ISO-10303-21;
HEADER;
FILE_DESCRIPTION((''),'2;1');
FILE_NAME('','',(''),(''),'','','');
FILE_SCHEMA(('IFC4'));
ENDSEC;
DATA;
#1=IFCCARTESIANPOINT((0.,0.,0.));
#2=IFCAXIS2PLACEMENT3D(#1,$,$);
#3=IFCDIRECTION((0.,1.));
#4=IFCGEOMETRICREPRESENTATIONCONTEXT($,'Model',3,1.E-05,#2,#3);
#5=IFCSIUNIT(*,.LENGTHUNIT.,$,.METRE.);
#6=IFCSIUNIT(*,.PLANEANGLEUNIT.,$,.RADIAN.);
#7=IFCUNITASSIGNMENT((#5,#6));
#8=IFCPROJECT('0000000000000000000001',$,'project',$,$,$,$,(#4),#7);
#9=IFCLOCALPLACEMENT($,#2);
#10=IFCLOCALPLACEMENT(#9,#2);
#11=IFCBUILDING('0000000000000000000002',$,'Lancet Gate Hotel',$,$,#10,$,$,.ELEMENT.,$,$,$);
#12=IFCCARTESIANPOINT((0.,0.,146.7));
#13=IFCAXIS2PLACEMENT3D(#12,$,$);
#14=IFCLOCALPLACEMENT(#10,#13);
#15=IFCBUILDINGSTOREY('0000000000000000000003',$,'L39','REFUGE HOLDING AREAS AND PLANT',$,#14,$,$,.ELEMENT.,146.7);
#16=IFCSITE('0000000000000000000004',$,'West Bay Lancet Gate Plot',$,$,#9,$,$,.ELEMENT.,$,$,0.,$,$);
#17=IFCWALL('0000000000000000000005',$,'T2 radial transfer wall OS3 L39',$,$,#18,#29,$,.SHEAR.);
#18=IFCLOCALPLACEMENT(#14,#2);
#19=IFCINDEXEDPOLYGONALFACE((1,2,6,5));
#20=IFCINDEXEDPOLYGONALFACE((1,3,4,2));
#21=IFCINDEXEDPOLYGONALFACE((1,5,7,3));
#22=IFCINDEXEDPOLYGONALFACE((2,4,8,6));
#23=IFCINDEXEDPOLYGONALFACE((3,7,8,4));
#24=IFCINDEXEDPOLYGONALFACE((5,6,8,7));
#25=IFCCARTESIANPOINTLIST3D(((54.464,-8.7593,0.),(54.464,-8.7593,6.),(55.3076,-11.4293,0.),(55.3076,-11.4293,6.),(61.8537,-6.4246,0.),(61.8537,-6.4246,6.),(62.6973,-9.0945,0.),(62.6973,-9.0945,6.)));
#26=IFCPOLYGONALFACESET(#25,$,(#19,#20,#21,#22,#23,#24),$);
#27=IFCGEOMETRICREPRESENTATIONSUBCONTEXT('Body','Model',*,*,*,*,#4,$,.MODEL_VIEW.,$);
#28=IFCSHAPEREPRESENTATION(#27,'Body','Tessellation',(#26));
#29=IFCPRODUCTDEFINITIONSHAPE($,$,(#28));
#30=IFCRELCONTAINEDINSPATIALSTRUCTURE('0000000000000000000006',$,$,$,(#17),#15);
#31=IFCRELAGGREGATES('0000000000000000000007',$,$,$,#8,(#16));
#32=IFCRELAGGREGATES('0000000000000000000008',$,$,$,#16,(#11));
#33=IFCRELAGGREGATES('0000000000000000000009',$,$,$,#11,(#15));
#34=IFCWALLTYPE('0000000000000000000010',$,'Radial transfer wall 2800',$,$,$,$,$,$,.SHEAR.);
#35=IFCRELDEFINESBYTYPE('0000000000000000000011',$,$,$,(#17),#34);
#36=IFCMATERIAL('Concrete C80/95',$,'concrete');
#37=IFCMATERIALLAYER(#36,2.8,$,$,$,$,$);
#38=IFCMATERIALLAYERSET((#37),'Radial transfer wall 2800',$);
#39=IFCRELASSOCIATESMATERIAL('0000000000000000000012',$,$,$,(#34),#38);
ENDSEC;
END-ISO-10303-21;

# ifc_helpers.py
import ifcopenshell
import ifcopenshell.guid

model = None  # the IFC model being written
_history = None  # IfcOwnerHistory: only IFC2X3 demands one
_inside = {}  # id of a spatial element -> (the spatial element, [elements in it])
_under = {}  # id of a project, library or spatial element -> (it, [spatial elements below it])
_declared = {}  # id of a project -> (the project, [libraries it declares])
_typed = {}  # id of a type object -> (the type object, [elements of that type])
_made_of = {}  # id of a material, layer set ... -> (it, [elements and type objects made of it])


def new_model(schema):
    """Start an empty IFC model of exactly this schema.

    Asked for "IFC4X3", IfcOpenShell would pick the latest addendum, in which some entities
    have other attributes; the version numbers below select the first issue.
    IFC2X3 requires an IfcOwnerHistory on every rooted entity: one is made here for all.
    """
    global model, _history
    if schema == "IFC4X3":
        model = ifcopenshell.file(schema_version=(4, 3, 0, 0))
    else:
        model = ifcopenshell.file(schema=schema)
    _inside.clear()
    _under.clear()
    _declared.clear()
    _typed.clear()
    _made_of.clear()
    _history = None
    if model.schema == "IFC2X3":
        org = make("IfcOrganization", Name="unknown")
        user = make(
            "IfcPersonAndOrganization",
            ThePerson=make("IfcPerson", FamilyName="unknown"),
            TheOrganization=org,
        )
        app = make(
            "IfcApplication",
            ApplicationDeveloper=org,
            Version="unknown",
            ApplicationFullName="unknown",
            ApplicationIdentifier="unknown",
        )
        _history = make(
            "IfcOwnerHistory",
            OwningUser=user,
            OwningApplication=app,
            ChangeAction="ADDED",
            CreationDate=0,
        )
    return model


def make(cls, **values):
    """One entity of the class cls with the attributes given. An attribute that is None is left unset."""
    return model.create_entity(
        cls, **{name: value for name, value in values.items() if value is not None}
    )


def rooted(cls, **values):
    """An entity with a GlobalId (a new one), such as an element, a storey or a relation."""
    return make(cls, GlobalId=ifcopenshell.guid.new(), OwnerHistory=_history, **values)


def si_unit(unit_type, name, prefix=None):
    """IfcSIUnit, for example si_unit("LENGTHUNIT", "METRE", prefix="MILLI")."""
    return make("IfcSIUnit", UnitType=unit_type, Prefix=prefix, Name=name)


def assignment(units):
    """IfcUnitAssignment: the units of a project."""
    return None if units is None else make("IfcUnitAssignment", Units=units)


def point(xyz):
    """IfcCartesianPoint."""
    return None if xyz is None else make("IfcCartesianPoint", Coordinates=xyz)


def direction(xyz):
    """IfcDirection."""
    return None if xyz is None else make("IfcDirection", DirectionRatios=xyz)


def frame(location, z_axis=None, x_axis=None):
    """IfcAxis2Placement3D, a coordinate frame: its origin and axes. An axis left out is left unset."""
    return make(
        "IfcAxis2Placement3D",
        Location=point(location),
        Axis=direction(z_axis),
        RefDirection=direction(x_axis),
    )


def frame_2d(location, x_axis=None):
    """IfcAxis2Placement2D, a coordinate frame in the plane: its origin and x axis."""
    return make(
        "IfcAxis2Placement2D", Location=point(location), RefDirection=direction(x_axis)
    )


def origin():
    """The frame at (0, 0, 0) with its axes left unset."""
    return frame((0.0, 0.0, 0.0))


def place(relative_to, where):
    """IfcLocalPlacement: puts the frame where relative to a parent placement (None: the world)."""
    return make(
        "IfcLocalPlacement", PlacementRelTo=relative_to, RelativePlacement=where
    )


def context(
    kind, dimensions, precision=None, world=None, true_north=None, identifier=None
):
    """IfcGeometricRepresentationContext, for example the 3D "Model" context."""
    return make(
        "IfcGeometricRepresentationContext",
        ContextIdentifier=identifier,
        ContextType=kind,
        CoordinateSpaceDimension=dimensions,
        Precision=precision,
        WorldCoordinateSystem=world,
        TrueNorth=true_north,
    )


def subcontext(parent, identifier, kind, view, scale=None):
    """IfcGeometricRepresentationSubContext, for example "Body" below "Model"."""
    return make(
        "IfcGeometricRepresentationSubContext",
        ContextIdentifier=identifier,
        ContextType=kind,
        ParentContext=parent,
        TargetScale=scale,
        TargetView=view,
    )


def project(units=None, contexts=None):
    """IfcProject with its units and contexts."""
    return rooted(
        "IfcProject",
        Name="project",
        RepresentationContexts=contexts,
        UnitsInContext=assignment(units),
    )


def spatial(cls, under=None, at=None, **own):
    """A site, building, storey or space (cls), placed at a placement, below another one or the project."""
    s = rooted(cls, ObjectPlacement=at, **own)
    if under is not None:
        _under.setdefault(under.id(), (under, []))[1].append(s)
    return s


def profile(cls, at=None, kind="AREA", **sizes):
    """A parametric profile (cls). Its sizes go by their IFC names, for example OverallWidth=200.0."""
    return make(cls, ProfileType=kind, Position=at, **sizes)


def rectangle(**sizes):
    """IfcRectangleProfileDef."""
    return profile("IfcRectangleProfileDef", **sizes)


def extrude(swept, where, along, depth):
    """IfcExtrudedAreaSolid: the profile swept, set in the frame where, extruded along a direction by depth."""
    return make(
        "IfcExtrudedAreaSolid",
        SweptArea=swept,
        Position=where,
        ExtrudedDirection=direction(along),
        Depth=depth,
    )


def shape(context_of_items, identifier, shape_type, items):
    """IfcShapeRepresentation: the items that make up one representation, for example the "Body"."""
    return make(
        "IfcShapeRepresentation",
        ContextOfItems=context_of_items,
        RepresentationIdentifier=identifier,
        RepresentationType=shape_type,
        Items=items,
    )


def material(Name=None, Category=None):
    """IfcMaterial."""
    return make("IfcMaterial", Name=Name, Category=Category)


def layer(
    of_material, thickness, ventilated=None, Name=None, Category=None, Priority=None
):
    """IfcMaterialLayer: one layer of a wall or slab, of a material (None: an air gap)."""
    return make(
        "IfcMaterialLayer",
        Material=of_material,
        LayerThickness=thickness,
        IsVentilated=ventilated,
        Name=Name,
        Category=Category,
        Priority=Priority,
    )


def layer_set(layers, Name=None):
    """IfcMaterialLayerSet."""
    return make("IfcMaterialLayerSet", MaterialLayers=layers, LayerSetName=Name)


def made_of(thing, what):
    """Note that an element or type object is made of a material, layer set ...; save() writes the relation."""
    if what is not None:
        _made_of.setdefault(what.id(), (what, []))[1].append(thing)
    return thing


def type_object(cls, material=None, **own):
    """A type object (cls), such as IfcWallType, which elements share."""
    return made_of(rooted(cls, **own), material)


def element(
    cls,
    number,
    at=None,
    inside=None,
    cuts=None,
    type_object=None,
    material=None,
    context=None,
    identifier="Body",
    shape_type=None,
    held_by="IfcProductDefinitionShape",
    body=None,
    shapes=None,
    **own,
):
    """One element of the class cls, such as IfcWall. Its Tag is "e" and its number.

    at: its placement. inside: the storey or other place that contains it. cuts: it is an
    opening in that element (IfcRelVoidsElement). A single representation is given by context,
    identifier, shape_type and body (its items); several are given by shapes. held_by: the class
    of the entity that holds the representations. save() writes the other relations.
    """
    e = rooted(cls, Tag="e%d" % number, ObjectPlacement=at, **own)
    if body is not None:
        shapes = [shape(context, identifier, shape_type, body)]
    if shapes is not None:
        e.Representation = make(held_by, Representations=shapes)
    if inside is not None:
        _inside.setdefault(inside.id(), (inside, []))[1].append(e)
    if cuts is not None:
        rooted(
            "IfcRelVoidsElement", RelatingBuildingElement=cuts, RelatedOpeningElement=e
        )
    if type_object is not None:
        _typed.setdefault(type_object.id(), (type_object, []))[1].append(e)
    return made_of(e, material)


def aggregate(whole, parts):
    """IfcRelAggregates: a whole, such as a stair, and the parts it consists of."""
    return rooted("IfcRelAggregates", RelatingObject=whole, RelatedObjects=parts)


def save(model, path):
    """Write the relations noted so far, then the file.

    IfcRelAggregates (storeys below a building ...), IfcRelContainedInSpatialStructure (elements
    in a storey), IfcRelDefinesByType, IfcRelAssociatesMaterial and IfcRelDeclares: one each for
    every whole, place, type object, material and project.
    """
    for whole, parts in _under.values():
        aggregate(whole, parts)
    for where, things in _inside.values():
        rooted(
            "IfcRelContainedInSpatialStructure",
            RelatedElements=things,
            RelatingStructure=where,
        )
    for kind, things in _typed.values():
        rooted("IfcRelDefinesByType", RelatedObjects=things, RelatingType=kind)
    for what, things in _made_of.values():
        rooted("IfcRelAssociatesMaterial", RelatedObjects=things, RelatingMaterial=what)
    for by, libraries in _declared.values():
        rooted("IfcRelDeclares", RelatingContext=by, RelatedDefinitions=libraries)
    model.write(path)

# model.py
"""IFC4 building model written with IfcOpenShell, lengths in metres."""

from ifc_helpers import new_model, si_unit, direction, frame, frame_2d, origin, place, context, subcontext, project, spatial, rectangle, extrude, material, layer, layer_set, type_object, element, save


model = new_model("IFC4")

# Units and contexts
model_context = context("Model", 3, precision=1e-05, world=origin(), true_north=direction((0.0, 1.0)))
body_context = subcontext(model_context, "Body", "Model", "MODEL_VIEW")
ifc_project = project(units=[si_unit("LENGTHUNIT", "METRE"), si_unit("PLANEANGLEUNIT", "RADIAN")], contexts=[model_context])

# Site, building, storey
site_placement = place(None, origin())
site = spatial("IfcSite", under=ifc_project, at=site_placement, Name="West Bay Lancet Gate Plot", CompositionType="ELEMENT", RefElevation=0.0)
building_placement = place(site_placement, origin())
building = spatial("IfcBuilding", under=site, at=building_placement, Name="Lancet Gate Hotel", CompositionType="ELEMENT")
storey_placement = place(building_placement, frame((0.0, 0.0, 146.7)))
storey = spatial("IfcBuildingStorey", under=building, at=storey_placement, Name="L39", Description="REFUGE HOLDING AREAS AND PLANT", CompositionType="ELEMENT", Elevation=146.7)

# Wall
ifc_material_1 = material(Name="Concrete C80/95", Category="concrete")
ifc_layer_1 = layer(ifc_material_1, 2.8)
ifc_layer_set_1 = layer_set([ifc_layer_1], Name="Radial transfer wall 2800")
wall_type = type_object("IfcWallType", Name="Radial transfer wall 2800", PredefinedType="SHEAR", material=ifc_layer_set_1)
wall_placement = place(storey_placement, frame((62.2756, -7.7595, 0.0), z_axis=(0.0, 0.0, 1.0), x_axis=(-0.95354, -0.301266, 0.0)))
element("IfcWall", 1, at=wall_placement, inside=storey, type_object=wall_type, Name="T2 radial transfer wall OS3 L39", PredefinedType="SHEAR", context=body_context, shape_type="SweptSolid", body=[
    extrude(rectangle(XDim=7.7498, YDim=2.8, at=frame_2d((3.875, 0.0))), origin(), (0.0, 0.0, 1.0), 6.0),
])

save(model, "model.ifc")
